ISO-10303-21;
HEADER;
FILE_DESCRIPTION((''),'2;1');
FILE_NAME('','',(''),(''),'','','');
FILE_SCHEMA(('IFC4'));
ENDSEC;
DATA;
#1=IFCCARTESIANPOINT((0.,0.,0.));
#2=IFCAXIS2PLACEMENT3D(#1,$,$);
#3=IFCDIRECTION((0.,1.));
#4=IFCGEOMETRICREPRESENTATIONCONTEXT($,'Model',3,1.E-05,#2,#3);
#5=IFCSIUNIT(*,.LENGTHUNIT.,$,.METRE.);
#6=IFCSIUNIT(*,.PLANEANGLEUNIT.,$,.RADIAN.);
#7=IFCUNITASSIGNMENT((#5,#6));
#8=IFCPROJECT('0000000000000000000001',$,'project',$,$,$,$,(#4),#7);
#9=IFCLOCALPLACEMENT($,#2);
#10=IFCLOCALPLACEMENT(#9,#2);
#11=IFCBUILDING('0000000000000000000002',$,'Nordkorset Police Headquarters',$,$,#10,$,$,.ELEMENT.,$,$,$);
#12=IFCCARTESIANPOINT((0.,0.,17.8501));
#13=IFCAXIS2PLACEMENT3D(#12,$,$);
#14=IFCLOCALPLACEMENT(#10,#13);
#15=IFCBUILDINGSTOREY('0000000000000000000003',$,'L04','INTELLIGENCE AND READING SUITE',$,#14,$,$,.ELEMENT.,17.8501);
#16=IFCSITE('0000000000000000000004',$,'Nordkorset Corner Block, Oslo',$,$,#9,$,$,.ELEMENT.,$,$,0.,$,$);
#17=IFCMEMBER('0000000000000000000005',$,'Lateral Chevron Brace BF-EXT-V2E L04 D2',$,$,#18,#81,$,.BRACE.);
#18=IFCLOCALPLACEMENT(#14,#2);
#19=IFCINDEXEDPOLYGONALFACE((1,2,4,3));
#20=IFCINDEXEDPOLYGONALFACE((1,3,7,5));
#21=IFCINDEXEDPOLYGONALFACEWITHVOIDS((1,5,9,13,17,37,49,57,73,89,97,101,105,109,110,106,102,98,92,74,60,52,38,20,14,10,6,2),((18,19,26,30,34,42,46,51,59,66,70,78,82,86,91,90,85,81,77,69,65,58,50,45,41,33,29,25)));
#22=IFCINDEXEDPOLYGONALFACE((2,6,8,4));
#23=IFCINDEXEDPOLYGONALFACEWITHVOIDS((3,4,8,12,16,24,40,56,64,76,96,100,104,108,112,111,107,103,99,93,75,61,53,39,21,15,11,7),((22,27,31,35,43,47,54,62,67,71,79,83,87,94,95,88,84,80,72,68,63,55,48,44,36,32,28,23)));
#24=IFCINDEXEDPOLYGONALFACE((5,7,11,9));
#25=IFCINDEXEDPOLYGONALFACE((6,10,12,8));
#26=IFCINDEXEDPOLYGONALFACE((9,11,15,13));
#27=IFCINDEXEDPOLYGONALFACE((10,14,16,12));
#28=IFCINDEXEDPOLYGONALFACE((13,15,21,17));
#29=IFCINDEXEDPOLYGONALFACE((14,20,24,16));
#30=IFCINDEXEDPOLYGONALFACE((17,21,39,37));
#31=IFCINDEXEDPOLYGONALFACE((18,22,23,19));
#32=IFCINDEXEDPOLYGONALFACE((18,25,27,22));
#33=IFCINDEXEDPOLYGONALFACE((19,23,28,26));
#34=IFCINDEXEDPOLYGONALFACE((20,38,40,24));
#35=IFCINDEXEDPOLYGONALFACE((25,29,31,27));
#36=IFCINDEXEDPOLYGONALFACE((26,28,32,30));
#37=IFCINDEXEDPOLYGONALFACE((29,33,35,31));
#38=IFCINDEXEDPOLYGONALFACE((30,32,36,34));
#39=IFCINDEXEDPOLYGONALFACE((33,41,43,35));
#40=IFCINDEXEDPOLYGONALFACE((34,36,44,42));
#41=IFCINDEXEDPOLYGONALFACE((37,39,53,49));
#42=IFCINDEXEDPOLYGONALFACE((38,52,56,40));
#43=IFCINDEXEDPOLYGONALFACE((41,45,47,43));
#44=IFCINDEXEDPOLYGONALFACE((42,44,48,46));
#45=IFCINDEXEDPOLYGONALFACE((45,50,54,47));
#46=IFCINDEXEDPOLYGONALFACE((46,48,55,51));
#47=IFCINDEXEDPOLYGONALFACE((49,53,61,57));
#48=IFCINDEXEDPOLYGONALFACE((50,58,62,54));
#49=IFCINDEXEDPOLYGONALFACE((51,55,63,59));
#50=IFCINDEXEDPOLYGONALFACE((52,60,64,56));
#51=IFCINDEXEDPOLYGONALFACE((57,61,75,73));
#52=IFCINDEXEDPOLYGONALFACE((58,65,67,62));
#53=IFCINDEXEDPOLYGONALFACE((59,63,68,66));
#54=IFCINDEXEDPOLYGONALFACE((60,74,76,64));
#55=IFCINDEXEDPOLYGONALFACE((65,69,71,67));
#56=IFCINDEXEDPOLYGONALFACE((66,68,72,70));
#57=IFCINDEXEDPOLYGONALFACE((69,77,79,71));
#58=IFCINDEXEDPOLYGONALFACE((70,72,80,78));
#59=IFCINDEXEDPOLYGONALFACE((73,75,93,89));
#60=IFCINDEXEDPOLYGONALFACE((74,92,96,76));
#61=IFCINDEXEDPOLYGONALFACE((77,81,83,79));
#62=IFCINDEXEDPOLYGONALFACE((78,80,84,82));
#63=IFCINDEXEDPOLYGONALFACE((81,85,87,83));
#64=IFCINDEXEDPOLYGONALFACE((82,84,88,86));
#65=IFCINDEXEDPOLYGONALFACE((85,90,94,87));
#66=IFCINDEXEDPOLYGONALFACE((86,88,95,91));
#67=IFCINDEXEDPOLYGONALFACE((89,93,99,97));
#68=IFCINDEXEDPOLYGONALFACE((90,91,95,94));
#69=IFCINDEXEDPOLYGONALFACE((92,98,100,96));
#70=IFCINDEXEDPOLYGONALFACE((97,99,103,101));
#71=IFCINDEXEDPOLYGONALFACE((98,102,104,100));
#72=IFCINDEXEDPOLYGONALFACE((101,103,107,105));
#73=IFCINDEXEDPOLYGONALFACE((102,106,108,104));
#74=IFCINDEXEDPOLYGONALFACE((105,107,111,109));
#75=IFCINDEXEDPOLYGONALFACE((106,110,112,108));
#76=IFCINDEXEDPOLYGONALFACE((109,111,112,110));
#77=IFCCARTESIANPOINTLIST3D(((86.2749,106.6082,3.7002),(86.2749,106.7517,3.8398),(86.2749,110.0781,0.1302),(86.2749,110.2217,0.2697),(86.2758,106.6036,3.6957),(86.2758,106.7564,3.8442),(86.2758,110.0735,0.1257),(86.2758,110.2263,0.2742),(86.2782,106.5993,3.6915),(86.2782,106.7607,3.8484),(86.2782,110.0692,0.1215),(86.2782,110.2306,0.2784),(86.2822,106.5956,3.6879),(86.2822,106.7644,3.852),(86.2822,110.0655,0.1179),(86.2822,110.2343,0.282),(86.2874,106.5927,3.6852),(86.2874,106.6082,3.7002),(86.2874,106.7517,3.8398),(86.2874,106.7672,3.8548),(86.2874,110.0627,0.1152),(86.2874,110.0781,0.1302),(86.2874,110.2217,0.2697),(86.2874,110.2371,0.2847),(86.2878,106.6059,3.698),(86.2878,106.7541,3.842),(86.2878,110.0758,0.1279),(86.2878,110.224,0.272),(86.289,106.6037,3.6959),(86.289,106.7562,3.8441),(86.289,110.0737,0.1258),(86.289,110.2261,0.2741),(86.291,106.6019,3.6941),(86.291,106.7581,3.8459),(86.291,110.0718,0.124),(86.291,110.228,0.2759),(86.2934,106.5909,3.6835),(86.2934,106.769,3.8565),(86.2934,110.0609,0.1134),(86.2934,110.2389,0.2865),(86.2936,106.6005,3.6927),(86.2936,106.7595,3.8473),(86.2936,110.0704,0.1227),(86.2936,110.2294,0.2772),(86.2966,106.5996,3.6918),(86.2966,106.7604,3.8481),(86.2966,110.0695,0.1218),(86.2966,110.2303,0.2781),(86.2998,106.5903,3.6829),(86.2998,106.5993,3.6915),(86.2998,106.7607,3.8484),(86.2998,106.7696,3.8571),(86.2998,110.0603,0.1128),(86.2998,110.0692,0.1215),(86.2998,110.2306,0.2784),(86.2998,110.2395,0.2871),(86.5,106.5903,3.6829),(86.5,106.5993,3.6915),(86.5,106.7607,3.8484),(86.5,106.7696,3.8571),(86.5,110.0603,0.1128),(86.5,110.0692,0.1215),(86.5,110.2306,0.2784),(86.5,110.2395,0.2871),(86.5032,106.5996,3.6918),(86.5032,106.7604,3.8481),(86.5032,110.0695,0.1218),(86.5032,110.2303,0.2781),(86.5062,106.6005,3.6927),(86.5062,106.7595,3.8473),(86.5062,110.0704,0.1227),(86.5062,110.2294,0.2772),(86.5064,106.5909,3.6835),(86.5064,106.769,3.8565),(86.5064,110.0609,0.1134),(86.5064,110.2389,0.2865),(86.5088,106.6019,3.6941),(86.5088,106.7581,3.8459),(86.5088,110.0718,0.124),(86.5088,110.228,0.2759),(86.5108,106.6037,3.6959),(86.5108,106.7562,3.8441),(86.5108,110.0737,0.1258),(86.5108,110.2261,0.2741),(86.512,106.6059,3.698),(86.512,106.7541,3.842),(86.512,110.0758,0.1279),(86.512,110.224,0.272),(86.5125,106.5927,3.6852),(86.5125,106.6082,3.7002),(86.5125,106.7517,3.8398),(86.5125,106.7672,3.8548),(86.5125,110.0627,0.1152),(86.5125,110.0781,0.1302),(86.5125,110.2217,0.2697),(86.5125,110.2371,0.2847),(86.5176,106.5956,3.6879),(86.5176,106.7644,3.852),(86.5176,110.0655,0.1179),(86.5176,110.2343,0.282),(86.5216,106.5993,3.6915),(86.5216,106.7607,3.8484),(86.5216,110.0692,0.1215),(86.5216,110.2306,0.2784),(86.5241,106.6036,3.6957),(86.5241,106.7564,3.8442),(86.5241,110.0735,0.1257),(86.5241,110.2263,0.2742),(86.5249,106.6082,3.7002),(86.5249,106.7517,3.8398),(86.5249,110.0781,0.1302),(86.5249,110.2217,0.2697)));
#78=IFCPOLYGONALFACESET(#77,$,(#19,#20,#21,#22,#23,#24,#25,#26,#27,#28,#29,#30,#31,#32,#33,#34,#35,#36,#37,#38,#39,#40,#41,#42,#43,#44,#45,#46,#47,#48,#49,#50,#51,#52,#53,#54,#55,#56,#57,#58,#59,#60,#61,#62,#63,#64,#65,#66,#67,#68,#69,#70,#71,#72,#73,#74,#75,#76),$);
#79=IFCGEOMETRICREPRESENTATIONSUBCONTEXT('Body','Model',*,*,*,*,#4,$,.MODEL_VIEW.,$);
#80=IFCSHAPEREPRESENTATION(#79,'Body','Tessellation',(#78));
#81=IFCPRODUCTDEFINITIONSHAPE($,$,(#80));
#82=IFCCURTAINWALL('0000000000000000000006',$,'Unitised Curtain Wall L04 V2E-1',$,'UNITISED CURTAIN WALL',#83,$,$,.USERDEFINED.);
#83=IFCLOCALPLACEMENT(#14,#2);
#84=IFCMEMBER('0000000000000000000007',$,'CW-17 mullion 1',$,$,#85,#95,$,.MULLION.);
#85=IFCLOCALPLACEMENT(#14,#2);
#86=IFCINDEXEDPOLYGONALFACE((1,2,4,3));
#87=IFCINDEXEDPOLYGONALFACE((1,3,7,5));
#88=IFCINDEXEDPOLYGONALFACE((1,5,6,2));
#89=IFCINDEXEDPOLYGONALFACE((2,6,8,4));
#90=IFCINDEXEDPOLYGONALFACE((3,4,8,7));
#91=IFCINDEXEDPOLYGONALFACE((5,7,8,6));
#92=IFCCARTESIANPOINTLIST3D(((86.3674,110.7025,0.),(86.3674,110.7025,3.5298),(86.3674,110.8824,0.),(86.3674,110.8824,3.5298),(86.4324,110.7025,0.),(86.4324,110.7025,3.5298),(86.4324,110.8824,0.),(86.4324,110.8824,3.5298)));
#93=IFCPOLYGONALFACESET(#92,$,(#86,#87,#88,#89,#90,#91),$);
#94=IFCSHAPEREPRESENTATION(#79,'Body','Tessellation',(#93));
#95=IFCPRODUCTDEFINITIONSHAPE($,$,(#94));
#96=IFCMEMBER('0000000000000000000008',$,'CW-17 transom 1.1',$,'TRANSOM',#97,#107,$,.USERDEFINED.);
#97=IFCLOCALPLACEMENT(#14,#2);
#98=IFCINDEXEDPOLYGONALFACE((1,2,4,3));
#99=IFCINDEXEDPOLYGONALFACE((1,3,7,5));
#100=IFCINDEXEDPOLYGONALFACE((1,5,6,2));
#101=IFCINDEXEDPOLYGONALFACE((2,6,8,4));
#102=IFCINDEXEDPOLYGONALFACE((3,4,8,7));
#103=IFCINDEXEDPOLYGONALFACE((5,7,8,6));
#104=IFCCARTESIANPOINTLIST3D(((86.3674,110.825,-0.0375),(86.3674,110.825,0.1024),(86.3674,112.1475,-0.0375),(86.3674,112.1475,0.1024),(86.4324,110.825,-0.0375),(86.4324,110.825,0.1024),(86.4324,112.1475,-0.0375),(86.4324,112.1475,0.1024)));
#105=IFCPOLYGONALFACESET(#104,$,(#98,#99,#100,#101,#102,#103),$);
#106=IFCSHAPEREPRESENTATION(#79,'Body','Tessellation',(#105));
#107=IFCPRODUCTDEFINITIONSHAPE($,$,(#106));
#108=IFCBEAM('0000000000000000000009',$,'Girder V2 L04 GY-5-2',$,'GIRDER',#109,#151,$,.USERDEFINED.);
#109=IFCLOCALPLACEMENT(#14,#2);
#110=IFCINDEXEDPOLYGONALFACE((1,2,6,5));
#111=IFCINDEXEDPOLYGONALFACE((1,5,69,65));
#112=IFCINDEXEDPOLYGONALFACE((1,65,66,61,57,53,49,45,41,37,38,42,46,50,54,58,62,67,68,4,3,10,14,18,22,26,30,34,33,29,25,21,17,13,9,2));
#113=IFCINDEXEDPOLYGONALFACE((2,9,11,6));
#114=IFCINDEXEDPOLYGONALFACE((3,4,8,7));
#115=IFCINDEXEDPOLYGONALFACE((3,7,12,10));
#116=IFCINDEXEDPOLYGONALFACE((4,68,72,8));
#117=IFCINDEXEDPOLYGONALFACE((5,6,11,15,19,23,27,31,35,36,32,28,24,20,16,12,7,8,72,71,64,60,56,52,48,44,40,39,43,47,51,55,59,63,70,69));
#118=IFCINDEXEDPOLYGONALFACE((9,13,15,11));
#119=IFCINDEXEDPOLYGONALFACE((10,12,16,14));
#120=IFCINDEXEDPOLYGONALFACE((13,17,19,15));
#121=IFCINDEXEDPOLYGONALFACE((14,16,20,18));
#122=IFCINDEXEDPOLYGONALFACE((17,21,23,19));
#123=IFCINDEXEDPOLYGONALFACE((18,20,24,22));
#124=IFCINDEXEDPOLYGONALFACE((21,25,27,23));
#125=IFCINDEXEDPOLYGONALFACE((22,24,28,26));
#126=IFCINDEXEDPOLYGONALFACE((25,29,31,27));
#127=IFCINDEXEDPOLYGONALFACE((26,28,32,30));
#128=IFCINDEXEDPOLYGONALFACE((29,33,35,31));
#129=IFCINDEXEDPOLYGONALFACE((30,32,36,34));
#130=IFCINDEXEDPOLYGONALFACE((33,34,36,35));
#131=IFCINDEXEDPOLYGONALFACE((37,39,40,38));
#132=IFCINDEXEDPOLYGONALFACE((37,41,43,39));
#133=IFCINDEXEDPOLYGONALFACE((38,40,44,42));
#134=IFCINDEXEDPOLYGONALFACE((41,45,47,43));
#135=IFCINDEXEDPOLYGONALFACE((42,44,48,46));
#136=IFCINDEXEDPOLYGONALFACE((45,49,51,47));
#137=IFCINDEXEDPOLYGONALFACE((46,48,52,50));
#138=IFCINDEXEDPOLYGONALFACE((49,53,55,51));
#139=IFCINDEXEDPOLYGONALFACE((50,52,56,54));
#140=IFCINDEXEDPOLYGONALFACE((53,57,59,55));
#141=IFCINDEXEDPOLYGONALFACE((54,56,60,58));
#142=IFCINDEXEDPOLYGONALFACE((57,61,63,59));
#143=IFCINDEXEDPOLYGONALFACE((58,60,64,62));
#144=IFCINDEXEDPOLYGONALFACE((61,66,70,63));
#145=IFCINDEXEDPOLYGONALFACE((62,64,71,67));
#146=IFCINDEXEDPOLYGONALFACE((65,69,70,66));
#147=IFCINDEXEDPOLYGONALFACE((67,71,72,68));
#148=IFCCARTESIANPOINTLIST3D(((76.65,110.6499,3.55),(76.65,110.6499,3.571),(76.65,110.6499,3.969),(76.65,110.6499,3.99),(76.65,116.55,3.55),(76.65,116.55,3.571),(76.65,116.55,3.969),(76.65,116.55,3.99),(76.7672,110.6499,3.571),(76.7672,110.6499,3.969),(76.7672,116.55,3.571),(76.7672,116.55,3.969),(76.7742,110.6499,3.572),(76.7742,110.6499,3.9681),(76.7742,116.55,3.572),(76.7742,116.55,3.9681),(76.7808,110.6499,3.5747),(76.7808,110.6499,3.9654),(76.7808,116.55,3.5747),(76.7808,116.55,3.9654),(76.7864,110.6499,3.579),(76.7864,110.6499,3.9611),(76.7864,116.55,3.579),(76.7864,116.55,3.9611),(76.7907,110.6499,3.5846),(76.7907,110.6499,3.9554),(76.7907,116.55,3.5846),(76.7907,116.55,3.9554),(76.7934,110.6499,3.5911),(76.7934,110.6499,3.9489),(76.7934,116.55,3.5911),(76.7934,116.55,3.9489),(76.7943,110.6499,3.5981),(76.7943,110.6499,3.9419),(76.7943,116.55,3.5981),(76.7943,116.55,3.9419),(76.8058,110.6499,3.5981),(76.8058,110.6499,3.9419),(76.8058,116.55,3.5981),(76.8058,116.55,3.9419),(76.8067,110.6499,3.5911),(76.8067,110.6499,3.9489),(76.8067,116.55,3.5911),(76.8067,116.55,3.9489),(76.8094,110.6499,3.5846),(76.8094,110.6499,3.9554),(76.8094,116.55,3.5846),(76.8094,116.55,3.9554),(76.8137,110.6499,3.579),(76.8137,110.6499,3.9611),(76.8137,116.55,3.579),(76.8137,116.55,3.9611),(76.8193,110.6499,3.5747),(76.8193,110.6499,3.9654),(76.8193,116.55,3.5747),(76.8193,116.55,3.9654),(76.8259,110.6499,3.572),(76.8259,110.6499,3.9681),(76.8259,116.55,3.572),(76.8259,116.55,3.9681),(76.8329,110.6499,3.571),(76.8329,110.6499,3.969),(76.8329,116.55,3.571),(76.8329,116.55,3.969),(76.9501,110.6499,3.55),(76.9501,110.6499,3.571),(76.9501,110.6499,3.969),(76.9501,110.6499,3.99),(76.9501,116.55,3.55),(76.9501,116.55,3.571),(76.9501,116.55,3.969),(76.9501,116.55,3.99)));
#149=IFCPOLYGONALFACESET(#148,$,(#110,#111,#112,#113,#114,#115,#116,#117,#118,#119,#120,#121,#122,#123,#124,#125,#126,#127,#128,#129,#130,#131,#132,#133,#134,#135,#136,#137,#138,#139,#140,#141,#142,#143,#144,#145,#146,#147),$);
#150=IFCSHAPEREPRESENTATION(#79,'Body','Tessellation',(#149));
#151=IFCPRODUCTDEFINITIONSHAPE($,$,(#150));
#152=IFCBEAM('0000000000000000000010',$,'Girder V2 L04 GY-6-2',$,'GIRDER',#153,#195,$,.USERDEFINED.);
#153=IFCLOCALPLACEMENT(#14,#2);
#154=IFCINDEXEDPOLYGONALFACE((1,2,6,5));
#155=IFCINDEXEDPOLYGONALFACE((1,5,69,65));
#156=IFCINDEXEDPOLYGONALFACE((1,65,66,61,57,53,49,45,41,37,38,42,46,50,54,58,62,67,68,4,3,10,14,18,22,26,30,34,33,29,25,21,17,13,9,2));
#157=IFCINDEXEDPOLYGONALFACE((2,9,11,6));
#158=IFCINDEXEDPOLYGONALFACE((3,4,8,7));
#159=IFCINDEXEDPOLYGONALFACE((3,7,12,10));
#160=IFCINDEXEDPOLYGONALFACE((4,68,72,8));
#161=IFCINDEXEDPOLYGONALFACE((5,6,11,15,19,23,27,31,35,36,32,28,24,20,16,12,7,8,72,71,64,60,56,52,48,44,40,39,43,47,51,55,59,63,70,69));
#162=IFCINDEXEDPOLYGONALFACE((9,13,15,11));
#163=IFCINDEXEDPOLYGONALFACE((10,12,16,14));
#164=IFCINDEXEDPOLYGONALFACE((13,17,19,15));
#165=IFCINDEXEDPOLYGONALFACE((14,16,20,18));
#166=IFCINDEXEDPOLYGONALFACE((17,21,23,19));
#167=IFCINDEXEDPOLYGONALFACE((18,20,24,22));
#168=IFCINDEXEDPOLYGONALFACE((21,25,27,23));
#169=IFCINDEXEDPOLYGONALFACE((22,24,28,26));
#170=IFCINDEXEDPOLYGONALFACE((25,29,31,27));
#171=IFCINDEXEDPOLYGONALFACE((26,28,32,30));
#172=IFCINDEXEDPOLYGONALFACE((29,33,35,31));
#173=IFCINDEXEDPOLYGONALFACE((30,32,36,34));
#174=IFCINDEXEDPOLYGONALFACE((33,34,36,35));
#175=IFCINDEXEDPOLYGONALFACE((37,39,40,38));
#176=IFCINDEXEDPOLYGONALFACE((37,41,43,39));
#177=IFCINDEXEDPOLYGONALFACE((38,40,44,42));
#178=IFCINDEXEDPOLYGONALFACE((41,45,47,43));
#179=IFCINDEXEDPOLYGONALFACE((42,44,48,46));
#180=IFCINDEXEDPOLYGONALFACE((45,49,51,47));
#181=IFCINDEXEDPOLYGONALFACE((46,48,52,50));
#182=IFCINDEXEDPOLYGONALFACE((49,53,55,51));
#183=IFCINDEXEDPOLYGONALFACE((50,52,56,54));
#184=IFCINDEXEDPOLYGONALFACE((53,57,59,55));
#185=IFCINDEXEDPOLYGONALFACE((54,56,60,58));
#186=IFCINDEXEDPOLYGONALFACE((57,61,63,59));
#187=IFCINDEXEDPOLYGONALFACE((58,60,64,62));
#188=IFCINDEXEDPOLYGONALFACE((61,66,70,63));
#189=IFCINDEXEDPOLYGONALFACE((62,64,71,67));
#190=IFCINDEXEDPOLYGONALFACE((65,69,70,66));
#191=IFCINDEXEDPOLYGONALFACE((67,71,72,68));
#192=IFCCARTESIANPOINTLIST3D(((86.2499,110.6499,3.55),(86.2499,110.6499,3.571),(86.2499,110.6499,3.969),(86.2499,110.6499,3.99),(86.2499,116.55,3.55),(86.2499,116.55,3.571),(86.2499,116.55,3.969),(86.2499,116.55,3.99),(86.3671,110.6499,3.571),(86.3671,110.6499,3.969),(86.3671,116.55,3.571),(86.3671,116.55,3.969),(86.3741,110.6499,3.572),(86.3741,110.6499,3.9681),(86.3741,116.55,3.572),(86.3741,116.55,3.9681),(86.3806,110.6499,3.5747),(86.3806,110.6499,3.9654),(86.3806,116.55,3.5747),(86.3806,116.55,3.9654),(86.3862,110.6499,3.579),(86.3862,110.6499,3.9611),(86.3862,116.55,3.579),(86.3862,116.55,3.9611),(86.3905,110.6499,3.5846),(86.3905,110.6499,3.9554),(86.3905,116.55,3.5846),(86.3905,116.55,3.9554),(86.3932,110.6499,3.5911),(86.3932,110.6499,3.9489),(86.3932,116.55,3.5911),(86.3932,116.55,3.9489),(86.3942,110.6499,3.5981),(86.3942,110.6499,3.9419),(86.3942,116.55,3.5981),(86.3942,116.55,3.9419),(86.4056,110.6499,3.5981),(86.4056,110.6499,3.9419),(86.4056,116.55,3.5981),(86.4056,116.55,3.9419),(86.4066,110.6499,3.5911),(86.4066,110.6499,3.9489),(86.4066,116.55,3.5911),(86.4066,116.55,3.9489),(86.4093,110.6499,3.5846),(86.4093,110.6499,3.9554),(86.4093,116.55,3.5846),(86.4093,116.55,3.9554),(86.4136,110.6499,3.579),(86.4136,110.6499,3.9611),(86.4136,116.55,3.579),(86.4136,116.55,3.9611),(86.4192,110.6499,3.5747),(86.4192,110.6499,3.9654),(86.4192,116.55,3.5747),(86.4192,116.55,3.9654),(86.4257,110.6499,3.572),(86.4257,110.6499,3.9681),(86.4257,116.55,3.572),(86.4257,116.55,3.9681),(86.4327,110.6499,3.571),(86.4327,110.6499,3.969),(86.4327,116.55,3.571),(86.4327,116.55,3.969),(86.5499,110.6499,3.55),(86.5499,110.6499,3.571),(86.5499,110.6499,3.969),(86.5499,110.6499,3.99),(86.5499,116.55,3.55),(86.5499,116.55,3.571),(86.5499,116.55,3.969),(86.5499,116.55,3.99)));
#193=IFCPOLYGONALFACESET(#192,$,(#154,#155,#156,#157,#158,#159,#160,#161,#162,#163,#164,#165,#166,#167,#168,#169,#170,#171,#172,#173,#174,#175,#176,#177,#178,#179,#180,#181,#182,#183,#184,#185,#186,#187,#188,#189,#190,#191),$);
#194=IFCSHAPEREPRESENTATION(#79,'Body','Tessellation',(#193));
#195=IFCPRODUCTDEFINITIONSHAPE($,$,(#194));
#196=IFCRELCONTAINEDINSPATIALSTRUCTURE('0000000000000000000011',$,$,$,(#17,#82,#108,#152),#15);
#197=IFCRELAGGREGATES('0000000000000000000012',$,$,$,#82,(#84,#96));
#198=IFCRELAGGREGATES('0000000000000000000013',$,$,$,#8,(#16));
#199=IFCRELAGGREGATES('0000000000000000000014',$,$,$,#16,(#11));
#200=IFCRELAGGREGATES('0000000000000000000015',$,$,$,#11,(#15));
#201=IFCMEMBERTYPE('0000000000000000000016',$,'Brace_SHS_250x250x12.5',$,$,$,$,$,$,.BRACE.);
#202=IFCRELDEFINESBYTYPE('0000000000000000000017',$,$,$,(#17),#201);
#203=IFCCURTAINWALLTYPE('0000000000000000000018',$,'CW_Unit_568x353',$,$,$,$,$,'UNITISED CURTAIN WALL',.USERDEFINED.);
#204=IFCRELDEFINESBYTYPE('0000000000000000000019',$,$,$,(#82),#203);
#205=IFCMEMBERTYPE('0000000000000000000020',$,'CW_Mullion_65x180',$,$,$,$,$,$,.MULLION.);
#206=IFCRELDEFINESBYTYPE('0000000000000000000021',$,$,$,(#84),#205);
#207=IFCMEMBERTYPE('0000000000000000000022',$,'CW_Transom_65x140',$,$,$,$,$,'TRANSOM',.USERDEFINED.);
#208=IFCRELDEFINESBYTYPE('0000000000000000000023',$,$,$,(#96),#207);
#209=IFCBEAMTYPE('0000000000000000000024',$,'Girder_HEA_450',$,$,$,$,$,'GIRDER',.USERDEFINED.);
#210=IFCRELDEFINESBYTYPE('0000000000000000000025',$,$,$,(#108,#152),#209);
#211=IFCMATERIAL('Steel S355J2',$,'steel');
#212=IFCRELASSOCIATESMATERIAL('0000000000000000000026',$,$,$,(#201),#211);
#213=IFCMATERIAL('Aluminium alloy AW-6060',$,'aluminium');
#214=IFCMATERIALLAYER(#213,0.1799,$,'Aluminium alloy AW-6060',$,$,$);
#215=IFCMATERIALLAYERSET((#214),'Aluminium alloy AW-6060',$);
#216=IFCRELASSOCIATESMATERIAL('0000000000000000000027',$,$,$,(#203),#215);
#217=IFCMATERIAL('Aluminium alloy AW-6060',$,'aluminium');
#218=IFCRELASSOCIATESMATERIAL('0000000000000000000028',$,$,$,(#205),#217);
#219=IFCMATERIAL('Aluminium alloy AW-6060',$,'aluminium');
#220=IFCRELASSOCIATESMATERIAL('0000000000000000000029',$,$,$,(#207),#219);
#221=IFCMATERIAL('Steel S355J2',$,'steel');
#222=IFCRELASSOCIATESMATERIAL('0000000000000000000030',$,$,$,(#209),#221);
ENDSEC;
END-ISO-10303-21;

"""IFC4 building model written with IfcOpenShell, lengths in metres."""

from ifc_helpers import new_model, si_unit, direction, frame, origin, origin_2d, place, context, subcontext, project, spatial, rectangle, hollow_rectangle, i_section, extrude, material, layer, layer_set, material_profile, profile_set, type_object, element, aggregate, save


model = new_model("IFC4")

# Units and contexts
model_context = context("Model", 3, precision=1e-05, world=origin(), true_north=direction((0.0, 1.0)))
body_context = subcontext(model_context, "Body", "Model", "MODEL_VIEW")
ifc_project = project(units=[si_unit("LENGTHUNIT", "METRE"), si_unit("PLANEANGLEUNIT", "RADIAN")], contexts=[model_context])

# Site, building, storey
site_placement = place(None, origin())
site = spatial("IfcSite", under=ifc_project, at=site_placement, Name="Nordkorset Corner Block, Oslo", CompositionType="ELEMENT", RefElevation=0.0)
building_placement = place(site_placement, origin())
building = spatial("IfcBuilding", under=site, at=building_placement, Name="Nordkorset Police Headquarters", CompositionType="ELEMENT")
storey_placement = place(building_placement, frame((0.0, 0.0, 17.8501)))
storey = spatial("IfcBuildingStorey", under=building, at=storey_placement, Name="L04", Description="INTELLIGENCE AND READING SUITE", CompositionType="ELEMENT", Elevation=17.8501)

# Member
ifc_material_1 = material(Name="Steel S355J2", Category="steel")
ifc_material_profile_1 = material_profile(ifc_material_1, hollow_rectangle(XDim=0.25, YDim=0.25, WallThickness=0.0125, InnerFilletRadius=0.0125, OuterFilletRadius=0.0249, at=origin_2d()), Name="SHS 250x250x12.5")
ifc_profile_set_1 = profile_set([ifc_material_profile_1], Name="Steel S355J2")
member_type_1 = type_object("IfcMemberType", Name="Brace_SHS_250x250x12.5", PredefinedType="BRACE", material=ifc_profile_set_1)
member_1_placement = place(storey_placement, frame((86.3999, 110.1499, 0.2), z_axis=(0.0, -0.696982, 0.717088), x_axis=(1.0, 0.0, 0.0)))
element("IfcMember", 1, at=member_1_placement, inside=storey, type_object=member_type_1, Name="Lateral Chevron Brace BF-EXT-V2E L04 D2", PredefinedType="BRACE", context=body_context, shape_type="SweptSolid", body=[
    extrude(hollow_rectangle(XDim=0.25, YDim=0.25, WallThickness=0.0125, InnerFilletRadius=0.0125, OuterFilletRadius=0.0249, at=origin_2d()), origin(), (0.0, 0.0, 1.0), 4.9785),
])

# Curtain wall, members
ifc_material_2 = material(Name="Aluminium alloy AW-6060", Category="aluminium")
ifc_layer_1 = layer(ifc_material_2, 0.1799, Name="Aluminium alloy AW-6060")
ifc_layer_set_1 = layer_set([ifc_layer_1], Name="Aluminium alloy AW-6060")
curtain_wall_type = type_object("IfcCurtainWallType", Name="CW_Unit_568x353", ElementType="UNITISED CURTAIN WALL", PredefinedType="USERDEFINED", material=ifc_layer_set_1)
curtain_wall_placement = place(storey_placement, origin())
curtain_wall = element("IfcCurtainWall", 2, at=curtain_wall_placement, inside=storey, type_object=curtain_wall_type, Name="Unitised Curtain Wall L04 V2E-1", ObjectType="UNITISED CURTAIN WALL", PredefinedType="USERDEFINED")
ifc_material_3 = material(Name="Aluminium alloy AW-6060", Category="aluminium")
ifc_material_profile_2 = material_profile(ifc_material_3, rectangle(XDim=0.0649, YDim=0.1799, at=origin_2d()), Name="ALU MULL 65x180")
ifc_profile_set_2 = profile_set([ifc_material_profile_2], Name="Aluminium alloy AW-6060")
member_type_2 = type_object("IfcMemberType", Name="CW_Mullion_65x180", PredefinedType="MULLION", material=ifc_profile_set_2)
member_2_placement = place(storey_placement, frame((86.3999, 110.7925, 0.0), z_axis=(0.0, 0.0, 1.0), x_axis=(-1.0, 0.0, 0.0)))
member_2 = element("IfcMember", 3, at=member_2_placement, type_object=member_type_2, Name="CW-17 mullion 1", PredefinedType="MULLION", context=body_context, shape_type="SweptSolid", body=[
    extrude(rectangle(XDim=0.0649, YDim=0.1799, at=origin_2d()), origin(), (0.0, 0.0, 1.0), 3.5298),
])
ifc_material_4 = material(Name="Aluminium alloy AW-6060", Category="aluminium")
ifc_material_profile_3 = material_profile(ifc_material_4, rectangle(XDim=0.0649, YDim=0.1399, at=origin_2d()), Name="ALU TRAN 65x140")
ifc_profile_set_3 = profile_set([ifc_material_profile_3], Name="Aluminium alloy AW-6060")
member_type_3 = type_object("IfcMemberType", Name="CW_Transom_65x140", ElementType="TRANSOM", PredefinedType="USERDEFINED", material=ifc_profile_set_3)
member_3_placement = place(storey_placement, frame((86.3999, 110.825, 0.0325), z_axis=(0.0, 1.0, 0.0), x_axis=(-1.0, 0.0, 0.0)))
member_3 = element("IfcMember", 4, at=member_3_placement, type_object=member_type_3, Name="CW-17 transom 1.1", ObjectType="TRANSOM", PredefinedType="USERDEFINED", context=body_context, shape_type="SweptSolid", body=[
    extrude(rectangle(XDim=0.0649, YDim=0.1399, at=origin_2d()), origin(), (0.0, 0.0, 1.0), 1.3225),
])
aggregate(curtain_wall, [member_2, member_3])

# Beams
ifc_material_5 = material(Name="Steel S355J2", Category="steel")
ifc_material_profile_4 = material_profile(ifc_material_5, i_section(OverallWidth=0.3, OverallDepth=0.4399, WebThickness=0.0115, FlangeThickness=0.021, FilletRadius=0.0271, at=origin_2d()), Name="HEA 450")
ifc_profile_set_4 = profile_set([ifc_material_profile_4], Name="Steel S355J2")
beam_type_1 = type_object("IfcBeamType", Name="Girder_HEA_450", ElementType="GIRDER", PredefinedType="USERDEFINED", material=ifc_profile_set_4)
for number, where, z_axis, x_axis, name in (
    (5, (76.8, 110.6499, 3.77), (0.0, 1.0, 0.0), (-1.0, 0.0, 0.0), "Girder V2 L04 GY-5-2"),
    (6, (86.3999, 110.6499, 3.77), (0.0, 1.0, 0.0), (-1.0, 0.0, 0.0), "Girder V2 L04 GY-6-2"),
):
    element("IfcBeam", number, at=place(storey_placement, frame(where, z_axis=z_axis, x_axis=x_axis)), inside=storey, type_object=beam_type_1, Name=name, ObjectType="GIRDER", PredefinedType="USERDEFINED", context=body_context, shape_type="SweptSolid", body=[
        extrude(i_section(OverallWidth=0.3, OverallDepth=0.4399, WebThickness=0.0115, FlangeThickness=0.021, FilletRadius=0.0271, at=origin_2d()), origin(), (0.0, 0.0, 1.0), 5.9001),
    ])

save(model, "model.ifc")
